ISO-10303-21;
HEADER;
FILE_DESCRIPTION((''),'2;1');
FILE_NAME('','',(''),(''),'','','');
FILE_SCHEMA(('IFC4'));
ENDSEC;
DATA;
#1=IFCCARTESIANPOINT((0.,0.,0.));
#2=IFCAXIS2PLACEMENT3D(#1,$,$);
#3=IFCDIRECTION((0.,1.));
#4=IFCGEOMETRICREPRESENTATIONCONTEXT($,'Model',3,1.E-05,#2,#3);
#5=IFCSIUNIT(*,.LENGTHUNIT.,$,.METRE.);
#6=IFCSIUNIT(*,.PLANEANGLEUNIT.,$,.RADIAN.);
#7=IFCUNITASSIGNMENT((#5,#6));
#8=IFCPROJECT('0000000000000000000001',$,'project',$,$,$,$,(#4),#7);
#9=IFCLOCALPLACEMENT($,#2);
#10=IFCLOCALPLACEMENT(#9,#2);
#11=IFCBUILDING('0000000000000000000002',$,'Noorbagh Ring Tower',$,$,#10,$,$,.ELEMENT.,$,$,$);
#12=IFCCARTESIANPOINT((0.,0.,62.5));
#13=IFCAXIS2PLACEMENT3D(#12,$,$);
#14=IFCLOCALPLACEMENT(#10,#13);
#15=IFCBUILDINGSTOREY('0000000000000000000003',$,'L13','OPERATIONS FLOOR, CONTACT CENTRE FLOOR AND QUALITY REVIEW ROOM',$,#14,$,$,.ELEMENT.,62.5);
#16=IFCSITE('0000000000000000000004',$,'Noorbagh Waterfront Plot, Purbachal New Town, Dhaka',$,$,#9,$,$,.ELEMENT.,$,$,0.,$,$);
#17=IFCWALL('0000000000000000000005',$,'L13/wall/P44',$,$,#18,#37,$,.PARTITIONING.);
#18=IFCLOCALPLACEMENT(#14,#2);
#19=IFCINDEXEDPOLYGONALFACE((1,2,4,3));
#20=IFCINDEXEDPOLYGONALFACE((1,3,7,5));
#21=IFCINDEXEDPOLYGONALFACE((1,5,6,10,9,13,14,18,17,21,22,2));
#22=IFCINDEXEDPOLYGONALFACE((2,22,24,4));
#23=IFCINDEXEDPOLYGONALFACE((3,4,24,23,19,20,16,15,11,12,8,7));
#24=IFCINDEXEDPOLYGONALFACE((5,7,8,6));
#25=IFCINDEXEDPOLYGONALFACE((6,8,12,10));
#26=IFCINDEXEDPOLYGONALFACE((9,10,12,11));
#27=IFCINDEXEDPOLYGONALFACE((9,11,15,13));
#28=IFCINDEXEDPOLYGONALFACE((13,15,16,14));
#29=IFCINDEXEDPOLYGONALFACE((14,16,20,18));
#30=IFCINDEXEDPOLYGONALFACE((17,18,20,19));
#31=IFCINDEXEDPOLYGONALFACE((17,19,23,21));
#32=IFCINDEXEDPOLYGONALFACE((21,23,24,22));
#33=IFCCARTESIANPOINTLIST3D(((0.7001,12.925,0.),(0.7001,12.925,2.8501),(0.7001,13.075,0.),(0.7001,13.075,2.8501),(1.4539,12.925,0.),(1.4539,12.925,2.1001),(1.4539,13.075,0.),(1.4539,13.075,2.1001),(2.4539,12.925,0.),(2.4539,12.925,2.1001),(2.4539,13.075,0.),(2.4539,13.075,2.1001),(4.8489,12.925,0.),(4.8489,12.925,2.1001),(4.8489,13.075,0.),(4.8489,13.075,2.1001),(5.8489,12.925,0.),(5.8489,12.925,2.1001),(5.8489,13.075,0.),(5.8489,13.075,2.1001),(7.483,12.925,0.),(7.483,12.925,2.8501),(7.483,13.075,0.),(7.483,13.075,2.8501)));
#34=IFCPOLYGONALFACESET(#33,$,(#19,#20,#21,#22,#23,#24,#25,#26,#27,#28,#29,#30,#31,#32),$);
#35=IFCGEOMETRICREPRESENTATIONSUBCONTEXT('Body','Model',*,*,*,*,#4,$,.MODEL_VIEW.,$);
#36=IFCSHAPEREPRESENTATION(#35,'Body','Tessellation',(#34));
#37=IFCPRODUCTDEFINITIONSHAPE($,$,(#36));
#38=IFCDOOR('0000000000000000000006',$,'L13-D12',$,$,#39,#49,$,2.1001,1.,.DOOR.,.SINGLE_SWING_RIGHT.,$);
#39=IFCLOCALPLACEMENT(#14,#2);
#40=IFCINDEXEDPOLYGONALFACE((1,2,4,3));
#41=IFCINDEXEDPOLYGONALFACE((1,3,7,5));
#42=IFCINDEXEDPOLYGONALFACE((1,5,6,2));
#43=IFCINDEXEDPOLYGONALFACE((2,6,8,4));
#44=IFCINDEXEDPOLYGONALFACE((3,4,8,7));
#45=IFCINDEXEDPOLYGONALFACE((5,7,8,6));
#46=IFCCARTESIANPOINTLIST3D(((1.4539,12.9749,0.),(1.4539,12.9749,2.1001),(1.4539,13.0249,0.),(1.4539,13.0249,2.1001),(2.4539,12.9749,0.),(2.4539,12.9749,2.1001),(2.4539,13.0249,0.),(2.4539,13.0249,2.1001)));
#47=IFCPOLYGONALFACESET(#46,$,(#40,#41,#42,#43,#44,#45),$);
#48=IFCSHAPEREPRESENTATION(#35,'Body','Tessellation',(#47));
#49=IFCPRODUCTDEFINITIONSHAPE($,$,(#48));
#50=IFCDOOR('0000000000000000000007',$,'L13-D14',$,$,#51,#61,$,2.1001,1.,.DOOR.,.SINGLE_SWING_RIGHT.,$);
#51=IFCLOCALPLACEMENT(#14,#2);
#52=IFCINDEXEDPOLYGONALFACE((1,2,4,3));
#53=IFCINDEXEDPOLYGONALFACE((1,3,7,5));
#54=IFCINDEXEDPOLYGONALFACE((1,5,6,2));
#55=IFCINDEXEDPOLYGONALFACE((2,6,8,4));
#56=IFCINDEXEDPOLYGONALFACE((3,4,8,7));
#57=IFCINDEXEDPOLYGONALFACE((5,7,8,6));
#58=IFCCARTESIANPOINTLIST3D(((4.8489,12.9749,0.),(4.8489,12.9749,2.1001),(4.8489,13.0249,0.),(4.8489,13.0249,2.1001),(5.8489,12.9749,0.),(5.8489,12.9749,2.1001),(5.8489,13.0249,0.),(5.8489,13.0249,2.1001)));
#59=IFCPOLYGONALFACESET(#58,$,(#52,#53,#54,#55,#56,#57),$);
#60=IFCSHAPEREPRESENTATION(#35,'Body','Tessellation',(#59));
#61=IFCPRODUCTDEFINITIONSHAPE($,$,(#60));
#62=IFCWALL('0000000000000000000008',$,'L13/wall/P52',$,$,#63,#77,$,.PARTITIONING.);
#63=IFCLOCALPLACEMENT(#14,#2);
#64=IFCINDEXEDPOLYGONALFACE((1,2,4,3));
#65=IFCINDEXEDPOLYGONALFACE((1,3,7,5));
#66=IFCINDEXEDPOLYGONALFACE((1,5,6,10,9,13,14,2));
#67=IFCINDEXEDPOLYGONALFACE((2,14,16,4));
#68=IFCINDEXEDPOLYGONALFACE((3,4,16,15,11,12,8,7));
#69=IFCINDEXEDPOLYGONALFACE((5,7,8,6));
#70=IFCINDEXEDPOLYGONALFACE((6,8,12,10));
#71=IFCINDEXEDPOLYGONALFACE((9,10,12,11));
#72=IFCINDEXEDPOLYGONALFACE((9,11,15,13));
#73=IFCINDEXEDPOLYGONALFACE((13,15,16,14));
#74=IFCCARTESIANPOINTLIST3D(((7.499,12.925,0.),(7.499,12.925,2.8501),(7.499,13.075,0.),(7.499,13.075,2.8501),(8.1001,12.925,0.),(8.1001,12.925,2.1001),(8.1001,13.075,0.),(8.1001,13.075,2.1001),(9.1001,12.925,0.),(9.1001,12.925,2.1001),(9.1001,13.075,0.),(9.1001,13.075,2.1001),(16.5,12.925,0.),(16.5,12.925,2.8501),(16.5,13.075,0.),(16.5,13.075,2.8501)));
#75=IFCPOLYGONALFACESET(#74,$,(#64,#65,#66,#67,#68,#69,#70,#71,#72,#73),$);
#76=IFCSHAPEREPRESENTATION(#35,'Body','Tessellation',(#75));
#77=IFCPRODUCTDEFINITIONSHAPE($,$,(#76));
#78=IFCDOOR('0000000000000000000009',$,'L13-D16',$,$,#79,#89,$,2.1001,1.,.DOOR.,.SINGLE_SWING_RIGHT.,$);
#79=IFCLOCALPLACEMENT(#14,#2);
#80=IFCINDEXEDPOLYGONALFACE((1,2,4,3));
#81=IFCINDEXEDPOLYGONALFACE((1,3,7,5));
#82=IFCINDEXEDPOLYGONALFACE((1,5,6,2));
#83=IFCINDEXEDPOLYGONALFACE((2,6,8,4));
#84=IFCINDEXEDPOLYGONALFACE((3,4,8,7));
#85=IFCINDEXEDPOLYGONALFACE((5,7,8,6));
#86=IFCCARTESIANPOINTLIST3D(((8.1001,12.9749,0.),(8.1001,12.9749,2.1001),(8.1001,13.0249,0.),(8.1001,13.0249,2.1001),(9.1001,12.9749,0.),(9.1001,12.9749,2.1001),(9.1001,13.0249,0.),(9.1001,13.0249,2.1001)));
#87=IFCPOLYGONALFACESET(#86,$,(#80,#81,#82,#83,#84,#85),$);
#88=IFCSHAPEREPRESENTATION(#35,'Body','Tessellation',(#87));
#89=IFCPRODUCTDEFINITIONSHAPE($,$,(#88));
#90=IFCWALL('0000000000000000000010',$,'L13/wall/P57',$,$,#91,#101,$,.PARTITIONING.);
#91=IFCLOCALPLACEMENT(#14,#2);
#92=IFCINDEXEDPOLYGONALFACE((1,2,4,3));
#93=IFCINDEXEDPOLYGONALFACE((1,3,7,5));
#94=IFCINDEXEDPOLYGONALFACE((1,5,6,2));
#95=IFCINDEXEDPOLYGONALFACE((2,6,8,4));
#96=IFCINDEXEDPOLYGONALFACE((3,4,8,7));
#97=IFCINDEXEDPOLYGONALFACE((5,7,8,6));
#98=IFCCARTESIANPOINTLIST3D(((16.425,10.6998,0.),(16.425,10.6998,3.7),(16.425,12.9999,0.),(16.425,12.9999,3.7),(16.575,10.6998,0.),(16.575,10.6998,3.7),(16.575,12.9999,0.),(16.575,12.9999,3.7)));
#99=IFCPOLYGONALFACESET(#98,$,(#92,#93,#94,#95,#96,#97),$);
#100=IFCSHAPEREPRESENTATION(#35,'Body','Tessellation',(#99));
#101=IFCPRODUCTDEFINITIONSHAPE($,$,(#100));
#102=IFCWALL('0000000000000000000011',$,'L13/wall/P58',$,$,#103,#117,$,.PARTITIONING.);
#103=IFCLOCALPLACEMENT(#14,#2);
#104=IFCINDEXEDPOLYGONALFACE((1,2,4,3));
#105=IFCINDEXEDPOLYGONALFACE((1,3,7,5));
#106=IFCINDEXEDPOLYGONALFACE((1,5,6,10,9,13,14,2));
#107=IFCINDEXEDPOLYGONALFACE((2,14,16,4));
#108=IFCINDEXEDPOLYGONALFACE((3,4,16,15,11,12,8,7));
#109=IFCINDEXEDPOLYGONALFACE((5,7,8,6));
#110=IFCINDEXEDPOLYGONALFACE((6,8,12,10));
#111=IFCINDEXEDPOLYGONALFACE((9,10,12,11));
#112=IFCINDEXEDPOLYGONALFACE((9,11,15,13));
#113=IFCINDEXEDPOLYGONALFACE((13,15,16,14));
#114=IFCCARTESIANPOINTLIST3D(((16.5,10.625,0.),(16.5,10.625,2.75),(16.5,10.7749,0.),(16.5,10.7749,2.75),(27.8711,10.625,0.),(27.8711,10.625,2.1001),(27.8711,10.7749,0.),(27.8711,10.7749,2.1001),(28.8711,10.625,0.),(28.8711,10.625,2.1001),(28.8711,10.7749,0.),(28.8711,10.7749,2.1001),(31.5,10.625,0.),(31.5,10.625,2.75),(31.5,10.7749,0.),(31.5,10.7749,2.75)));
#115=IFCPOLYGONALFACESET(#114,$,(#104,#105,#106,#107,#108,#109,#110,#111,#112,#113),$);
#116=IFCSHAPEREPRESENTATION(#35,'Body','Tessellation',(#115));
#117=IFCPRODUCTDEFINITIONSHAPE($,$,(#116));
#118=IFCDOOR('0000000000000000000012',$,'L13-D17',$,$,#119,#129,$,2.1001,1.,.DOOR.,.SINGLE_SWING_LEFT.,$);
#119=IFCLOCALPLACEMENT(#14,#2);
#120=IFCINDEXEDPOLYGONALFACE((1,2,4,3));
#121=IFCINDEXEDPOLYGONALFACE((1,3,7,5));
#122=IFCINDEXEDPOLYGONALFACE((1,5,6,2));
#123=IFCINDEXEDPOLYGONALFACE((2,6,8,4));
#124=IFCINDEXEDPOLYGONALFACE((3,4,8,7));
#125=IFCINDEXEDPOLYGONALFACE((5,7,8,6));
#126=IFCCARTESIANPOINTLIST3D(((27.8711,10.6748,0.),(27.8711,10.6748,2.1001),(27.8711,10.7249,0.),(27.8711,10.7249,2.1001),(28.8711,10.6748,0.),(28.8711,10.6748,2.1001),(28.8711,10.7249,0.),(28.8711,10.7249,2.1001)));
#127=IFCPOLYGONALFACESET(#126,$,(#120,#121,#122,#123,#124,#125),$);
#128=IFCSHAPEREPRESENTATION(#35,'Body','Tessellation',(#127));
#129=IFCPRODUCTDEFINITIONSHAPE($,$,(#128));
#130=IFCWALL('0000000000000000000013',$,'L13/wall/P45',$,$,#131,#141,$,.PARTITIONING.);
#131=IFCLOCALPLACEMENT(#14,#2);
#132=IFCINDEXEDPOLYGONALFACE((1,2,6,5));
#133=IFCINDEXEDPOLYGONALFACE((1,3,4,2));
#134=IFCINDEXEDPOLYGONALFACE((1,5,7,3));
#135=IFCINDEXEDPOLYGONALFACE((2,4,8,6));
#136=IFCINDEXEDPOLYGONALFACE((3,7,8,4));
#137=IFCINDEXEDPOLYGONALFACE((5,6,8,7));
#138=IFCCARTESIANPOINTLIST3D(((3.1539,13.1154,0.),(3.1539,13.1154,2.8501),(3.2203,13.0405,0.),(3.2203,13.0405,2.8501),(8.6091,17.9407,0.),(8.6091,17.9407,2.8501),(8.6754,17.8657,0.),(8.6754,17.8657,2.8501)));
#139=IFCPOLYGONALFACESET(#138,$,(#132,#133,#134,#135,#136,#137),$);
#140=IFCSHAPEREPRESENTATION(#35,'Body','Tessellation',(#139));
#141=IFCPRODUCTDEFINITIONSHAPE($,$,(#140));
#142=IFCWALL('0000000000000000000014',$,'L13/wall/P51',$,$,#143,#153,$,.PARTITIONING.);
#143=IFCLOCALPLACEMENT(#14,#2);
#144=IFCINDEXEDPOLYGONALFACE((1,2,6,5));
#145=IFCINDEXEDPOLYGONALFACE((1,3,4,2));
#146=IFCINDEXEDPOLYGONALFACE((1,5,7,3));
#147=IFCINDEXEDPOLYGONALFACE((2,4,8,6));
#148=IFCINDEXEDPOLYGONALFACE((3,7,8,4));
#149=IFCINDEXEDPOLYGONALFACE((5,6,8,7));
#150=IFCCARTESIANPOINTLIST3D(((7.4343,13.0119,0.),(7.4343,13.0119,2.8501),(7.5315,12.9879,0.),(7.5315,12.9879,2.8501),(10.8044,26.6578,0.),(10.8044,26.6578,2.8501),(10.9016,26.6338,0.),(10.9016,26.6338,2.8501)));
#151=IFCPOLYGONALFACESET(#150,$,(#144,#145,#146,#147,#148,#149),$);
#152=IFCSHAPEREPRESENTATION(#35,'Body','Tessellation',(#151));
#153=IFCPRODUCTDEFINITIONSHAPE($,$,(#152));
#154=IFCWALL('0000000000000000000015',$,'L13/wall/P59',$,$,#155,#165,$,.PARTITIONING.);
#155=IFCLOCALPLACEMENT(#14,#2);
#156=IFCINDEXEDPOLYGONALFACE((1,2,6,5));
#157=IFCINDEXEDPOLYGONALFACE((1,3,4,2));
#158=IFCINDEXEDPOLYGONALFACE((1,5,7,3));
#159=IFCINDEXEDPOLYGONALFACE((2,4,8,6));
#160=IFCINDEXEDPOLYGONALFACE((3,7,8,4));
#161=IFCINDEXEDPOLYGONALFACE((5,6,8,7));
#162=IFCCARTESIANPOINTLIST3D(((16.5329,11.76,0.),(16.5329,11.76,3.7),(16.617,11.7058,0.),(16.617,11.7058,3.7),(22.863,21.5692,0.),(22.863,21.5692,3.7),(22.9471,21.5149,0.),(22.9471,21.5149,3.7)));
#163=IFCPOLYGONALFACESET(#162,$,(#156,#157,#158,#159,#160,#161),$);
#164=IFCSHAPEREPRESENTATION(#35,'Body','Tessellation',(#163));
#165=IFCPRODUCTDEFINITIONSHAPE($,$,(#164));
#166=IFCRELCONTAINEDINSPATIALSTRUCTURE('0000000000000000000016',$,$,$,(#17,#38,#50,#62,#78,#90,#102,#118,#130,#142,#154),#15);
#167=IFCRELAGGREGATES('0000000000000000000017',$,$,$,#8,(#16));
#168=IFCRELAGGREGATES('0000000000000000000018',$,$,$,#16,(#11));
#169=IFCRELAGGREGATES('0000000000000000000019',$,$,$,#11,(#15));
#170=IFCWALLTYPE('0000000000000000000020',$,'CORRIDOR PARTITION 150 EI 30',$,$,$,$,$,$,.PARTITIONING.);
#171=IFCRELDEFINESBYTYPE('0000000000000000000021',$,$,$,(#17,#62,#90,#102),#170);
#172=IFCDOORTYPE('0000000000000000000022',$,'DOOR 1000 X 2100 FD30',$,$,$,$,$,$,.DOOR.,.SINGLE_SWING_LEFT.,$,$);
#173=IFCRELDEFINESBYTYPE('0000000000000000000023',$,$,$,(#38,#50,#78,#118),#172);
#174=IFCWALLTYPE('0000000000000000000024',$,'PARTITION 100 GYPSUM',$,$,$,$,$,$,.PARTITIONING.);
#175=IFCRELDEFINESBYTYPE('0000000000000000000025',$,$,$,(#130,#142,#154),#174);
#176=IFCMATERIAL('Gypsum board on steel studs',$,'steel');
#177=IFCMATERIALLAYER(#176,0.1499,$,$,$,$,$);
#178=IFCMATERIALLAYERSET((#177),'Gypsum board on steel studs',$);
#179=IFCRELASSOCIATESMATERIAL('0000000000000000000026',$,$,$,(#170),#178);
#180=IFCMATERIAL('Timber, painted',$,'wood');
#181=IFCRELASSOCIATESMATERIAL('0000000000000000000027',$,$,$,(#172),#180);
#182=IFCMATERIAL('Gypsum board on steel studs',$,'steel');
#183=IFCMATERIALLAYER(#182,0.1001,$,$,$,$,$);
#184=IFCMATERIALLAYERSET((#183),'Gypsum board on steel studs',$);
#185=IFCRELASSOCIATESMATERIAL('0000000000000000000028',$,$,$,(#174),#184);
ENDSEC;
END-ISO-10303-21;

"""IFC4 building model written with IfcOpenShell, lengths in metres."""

from ifc_helpers import new_model, si_unit, direction, frame, frame_2d, origin, place, context, subcontext, project, spatial, rectangle, extrude, material, layer, layer_set, type_object, element, fill, save


model = new_model("IFC4")

# Units and contexts
model_context = context("Model", 3, precision=1e-05, world=origin(), true_north=direction((0.0, 1.0)))
body_context = subcontext(model_context, "Body", "Model", "MODEL_VIEW")
ifc_project = project(units=[si_unit("LENGTHUNIT", "METRE"), si_unit("PLANEANGLEUNIT", "RADIAN")], contexts=[model_context])

# Site, building, storey
site_placement = place(None, origin())
site = spatial("IfcSite", under=ifc_project, at=site_placement, Name="Noorbagh Waterfront Plot, Purbachal New Town, Dhaka", CompositionType="ELEMENT", RefElevation=0.0)
building_placement = place(site_placement, origin())
building = spatial("IfcBuilding", under=site, at=building_placement, Name="Noorbagh Ring Tower", CompositionType="ELEMENT")
storey_placement = place(building_placement, frame((0.0, 0.0, 62.5)))
storey = spatial("IfcBuildingStorey", under=building, at=storey_placement, Name="L13", Description="OPERATIONS FLOOR, CONTACT CENTRE FLOOR AND QUALITY REVIEW ROOM", CompositionType="ELEMENT", Elevation=62.5)

# Shared definitions
ifc_material_1 = material(Name="Gypsum board on steel studs", Category="steel")
ifc_layer_1 = layer(ifc_material_1, 0.1499)
ifc_layer_set_1 = layer_set([ifc_layer_1], Name="Gypsum board on steel studs")
wall_type_1 = type_object("IfcWallType", Name="CORRIDOR PARTITION 150 EI 30", PredefinedType="PARTITIONING", material=ifc_layer_set_1)

# Wall, openings, doors
wall_1_placement = place(storey_placement, frame((0.7, 13.0, 0.0), z_axis=(0.0, 0.0, 1.0), x_axis=(1.0, 0.0, 0.0)))
wall_1 = element("IfcWall", 1, at=wall_1_placement, inside=storey, type_object=wall_type_1, Name="L13/wall/P44", PredefinedType="PARTITIONING", context=body_context, shape_type="SweptSolid", body=[
    extrude(rectangle(XDim=6.783, YDim=0.1499, at=frame_2d((3.3916, 0.0))), origin(), (0.0, 0.0, 1.0), 2.8501),
])
opening_1_placement = place(wall_1_placement, frame((0.7539, 0.0, 0.0)))
opening_1 = element("IfcOpeningElement", 2, at=opening_1_placement, cuts=wall_1, PredefinedType="OPENING", context=body_context, shape_type="SweptSolid", body=[
    extrude(rectangle(XDim=1.0, YDim=2.1001, at=frame_2d((0.5, 1.05))), frame((0.0, 0.085, 0.0), z_axis=(0.0, -1.0, 0.0), x_axis=(1.0, 0.0, 0.0)), (0.0, 0.0, 1.0), 0.1699),
])
opening_2_placement = place(wall_1_placement, frame((4.1489, 0.0, 0.0)))
opening_2 = element("IfcOpeningElement", 3, at=opening_2_placement, cuts=wall_1, PredefinedType="OPENING", context=body_context, shape_type="SweptSolid", body=[
    extrude(rectangle(XDim=1.0, YDim=2.1001, at=frame_2d((0.5, 1.05))), frame((0.0, 0.085, 0.0), z_axis=(0.0, -1.0, 0.0), x_axis=(1.0, 0.0, 0.0)), (0.0, 0.0, 1.0), 0.1699),
])
ifc_material_2 = material(Name="Timber, painted", Category="wood")
door_type = type_object("IfcDoorType", Name="DOOR 1000 X 2100 FD30", OperationType="SINGLE_SWING_LEFT", PredefinedType="DOOR", material=ifc_material_2)
door_1_placement = place(opening_1_placement, origin())
door_1 = element("IfcDoor", 4, at=door_1_placement, inside=storey, type_object=door_type, Name="L13-D12", OperationType="SINGLE_SWING_RIGHT", OverallHeight=2.1001, OverallWidth=1.0, PredefinedType="DOOR", context=body_context, shape_type="SweptSolid", body=[
    extrude(rectangle(XDim=1.0, YDim=2.1001, at=frame_2d((0.5, 1.05))), frame((0.0, 0.0249, 0.0), z_axis=(0.0, -1.0, 0.0), x_axis=(1.0, 0.0, 0.0)), (0.0, 0.0, 1.0), 0.05),
])
fill(opening_1, door_1)
door_2_placement = place(opening_2_placement, origin())
door_2 = element("IfcDoor", 5, at=door_2_placement, inside=storey, type_object=door_type, Name="L13-D14", OperationType="SINGLE_SWING_RIGHT", OverallHeight=2.1001, OverallWidth=1.0, PredefinedType="DOOR", context=body_context, shape_type="SweptSolid", body=[
    extrude(rectangle(XDim=1.0, YDim=2.1001, at=frame_2d((0.5, 1.05))), frame((0.0, 0.0249, 0.0), z_axis=(0.0, -1.0, 0.0), x_axis=(1.0, 0.0, 0.0)), (0.0, 0.0, 1.0), 0.05),
])
fill(opening_2, door_2)

# Wall, opening, door
wall_2_placement = place(storey_placement, frame((7.499, 13.0, 0.0), z_axis=(0.0, 0.0, 1.0), x_axis=(1.0, 0.0, 0.0)))
wall_2 = element("IfcWall", 6, at=wall_2_placement, inside=storey, type_object=wall_type_1, Name="L13/wall/P52", PredefinedType="PARTITIONING", context=body_context, shape_type="SweptSolid", body=[
    extrude(rectangle(XDim=9.001, YDim=0.1499, at=frame_2d((4.5005, 0.0))), origin(), (0.0, 0.0, 1.0), 2.8501),
])
opening_3_placement = place(wall_2_placement, frame((0.6011, 0.0, 0.0)))
opening_3 = element("IfcOpeningElement", 7, at=opening_3_placement, cuts=wall_2, PredefinedType="OPENING", context=body_context, shape_type="SweptSolid", body=[
    extrude(rectangle(XDim=1.0, YDim=2.1001, at=frame_2d((0.5, 1.05))), frame((0.0, 0.085, 0.0), z_axis=(0.0, -1.0, 0.0), x_axis=(1.0, 0.0, 0.0)), (0.0, 0.0, 1.0), 0.1699),
])
door_3_placement = place(opening_3_placement, origin())
door_3 = element("IfcDoor", 8, at=door_3_placement, inside=storey, type_object=door_type, Name="L13-D16", OperationType="SINGLE_SWING_RIGHT", OverallHeight=2.1001, OverallWidth=1.0, PredefinedType="DOOR", context=body_context, shape_type="SweptSolid", body=[
    extrude(rectangle(XDim=1.0, YDim=2.1001, at=frame_2d((0.5, 1.05))), frame((0.0, 0.0249, 0.0), z_axis=(0.0, -1.0, 0.0), x_axis=(1.0, 0.0, 0.0)), (0.0, 0.0, 1.0), 0.05),
])
fill(opening_3, door_3)

# Wall
wall_3_placement = place(storey_placement, frame((16.5, 10.7, 0.0), z_axis=(0.0, 0.0, 1.0), x_axis=(0.0, 1.0, 0.0)))
element("IfcWall", 9, at=wall_3_placement, inside=storey, type_object=wall_type_1, Name="L13/wall/P57", PredefinedType="PARTITIONING", context=body_context, shape_type="SweptSolid", body=[
    extrude(rectangle(XDim=2.3, YDim=0.1499, at=frame_2d((1.1499, 0.0))), origin(), (0.0, 0.0, 1.0), 3.7),
])

# Wall, opening, door
wall_4_placement = place(storey_placement, frame((16.5, 10.7, 0.0), z_axis=(0.0, 0.0, 1.0), x_axis=(1.0, 0.0, 0.0)))
wall_4 = element("IfcWall", 10, at=wall_4_placement, inside=storey, type_object=wall_type_1, Name="L13/wall/P58", PredefinedType="PARTITIONING", context=body_context, shape_type="SweptSolid", body=[
    extrude(rectangle(XDim=15.0, YDim=0.1499, at=frame_2d((7.5, 0.0))), origin(), (0.0, 0.0, 1.0), 2.75),
])
opening_4_placement = place(wall_4_placement, frame((11.3711, 0.0, 0.0)))
opening_4 = element("IfcOpeningElement", 11, at=opening_4_placement, cuts=wall_4, PredefinedType="OPENING", context=body_context, shape_type="SweptSolid", body=[
    extrude(rectangle(XDim=1.0, YDim=2.1001, at=frame_2d((0.5, 1.05))), frame((0.0, 0.085, 0.0), z_axis=(0.0, -1.0, 0.0), x_axis=(1.0, 0.0, 0.0)), (0.0, 0.0, 1.0), 0.1699),
])
door_4_placement = place(opening_4_placement, origin())
door_4 = element("IfcDoor", 12, at=door_4_placement, inside=storey, type_object=door_type, Name="L13-D17", OperationType="SINGLE_SWING_LEFT", OverallHeight=2.1001, OverallWidth=1.0, PredefinedType="DOOR", context=body_context, shape_type="SweptSolid", body=[
    extrude(rectangle(XDim=1.0, YDim=2.1001, at=frame_2d((0.5, 1.05))), frame((0.0, 0.0249, 0.0), z_axis=(0.0, -1.0, 0.0), x_axis=(1.0, 0.0, 0.0)), (0.0, 0.0, 1.0), 0.05),
])
fill(opening_4, door_4)

# Walls
ifc_material_3 = material(Name="Gypsum board on steel studs", Category="steel")
ifc_layer_2 = layer(ifc_material_3, 0.1001)
ifc_layer_set_2 = layer_set([ifc_layer_2], Name="Gypsum board on steel studs")
wall_type_2 = type_object("IfcWallType", Name="PARTITION 100 GYPSUM", PredefinedType="PARTITIONING", material=ifc_layer_set_2)
wall_5_placement = place(storey_placement, frame((3.187, 13.0779, 0.0), z_axis=(0.0, 0.0, 1.0), x_axis=(0.749027, 0.662539, 0.0)))
element("IfcWall", 13, at=wall_5_placement, inside=storey, type_object=wall_type_2, Name="L13/wall/P45", PredefinedType="PARTITIONING", context=body_context, shape_type="SweptSolid", body=[
    extrude(rectangle(XDim=7.283, YDim=0.1001, at=frame_2d((3.6416, 0.0))), origin(), (0.0, 0.0, 1.0), 2.8501),
])
wall_6_placement = place(storey_placement, frame((7.4829, 13.0, 0.0), z_axis=(0.0, 0.0, 1.0), x_axis=(0.239764, 0.970831, 0.0)))
element("IfcWall", 14, at=wall_6_placement, inside=storey, type_object=wall_type_2, Name="L13/wall/P51", PredefinedType="PARTITIONING", context=body_context, shape_type="SweptSolid", body=[
    extrude(rectangle(XDim=14.0559, YDim=0.1001, at=frame_2d((7.0278, 0.0))), origin(), (0.0, 0.0, 1.0), 2.8501),
])
wall_7_placement = place(storey_placement, frame((16.575, 11.7329, 0.0), z_axis=(0.0, 0.0, 1.0), x_axis=(0.542226, 0.840233, 0.0)))
element("IfcWall", 15, at=wall_7_placement, inside=storey, type_object=wall_type_2, Name="L13/wall/P59", PredefinedType="PARTITIONING", context=body_context, shape_type="SweptSolid", body=[
    extrude(rectangle(XDim=11.6743, YDim=0.1001, at=frame_2d((5.8372, 0.0))), origin(), (0.0, 0.0, 1.0), 3.7),
])

save(model, "model.ifc")
